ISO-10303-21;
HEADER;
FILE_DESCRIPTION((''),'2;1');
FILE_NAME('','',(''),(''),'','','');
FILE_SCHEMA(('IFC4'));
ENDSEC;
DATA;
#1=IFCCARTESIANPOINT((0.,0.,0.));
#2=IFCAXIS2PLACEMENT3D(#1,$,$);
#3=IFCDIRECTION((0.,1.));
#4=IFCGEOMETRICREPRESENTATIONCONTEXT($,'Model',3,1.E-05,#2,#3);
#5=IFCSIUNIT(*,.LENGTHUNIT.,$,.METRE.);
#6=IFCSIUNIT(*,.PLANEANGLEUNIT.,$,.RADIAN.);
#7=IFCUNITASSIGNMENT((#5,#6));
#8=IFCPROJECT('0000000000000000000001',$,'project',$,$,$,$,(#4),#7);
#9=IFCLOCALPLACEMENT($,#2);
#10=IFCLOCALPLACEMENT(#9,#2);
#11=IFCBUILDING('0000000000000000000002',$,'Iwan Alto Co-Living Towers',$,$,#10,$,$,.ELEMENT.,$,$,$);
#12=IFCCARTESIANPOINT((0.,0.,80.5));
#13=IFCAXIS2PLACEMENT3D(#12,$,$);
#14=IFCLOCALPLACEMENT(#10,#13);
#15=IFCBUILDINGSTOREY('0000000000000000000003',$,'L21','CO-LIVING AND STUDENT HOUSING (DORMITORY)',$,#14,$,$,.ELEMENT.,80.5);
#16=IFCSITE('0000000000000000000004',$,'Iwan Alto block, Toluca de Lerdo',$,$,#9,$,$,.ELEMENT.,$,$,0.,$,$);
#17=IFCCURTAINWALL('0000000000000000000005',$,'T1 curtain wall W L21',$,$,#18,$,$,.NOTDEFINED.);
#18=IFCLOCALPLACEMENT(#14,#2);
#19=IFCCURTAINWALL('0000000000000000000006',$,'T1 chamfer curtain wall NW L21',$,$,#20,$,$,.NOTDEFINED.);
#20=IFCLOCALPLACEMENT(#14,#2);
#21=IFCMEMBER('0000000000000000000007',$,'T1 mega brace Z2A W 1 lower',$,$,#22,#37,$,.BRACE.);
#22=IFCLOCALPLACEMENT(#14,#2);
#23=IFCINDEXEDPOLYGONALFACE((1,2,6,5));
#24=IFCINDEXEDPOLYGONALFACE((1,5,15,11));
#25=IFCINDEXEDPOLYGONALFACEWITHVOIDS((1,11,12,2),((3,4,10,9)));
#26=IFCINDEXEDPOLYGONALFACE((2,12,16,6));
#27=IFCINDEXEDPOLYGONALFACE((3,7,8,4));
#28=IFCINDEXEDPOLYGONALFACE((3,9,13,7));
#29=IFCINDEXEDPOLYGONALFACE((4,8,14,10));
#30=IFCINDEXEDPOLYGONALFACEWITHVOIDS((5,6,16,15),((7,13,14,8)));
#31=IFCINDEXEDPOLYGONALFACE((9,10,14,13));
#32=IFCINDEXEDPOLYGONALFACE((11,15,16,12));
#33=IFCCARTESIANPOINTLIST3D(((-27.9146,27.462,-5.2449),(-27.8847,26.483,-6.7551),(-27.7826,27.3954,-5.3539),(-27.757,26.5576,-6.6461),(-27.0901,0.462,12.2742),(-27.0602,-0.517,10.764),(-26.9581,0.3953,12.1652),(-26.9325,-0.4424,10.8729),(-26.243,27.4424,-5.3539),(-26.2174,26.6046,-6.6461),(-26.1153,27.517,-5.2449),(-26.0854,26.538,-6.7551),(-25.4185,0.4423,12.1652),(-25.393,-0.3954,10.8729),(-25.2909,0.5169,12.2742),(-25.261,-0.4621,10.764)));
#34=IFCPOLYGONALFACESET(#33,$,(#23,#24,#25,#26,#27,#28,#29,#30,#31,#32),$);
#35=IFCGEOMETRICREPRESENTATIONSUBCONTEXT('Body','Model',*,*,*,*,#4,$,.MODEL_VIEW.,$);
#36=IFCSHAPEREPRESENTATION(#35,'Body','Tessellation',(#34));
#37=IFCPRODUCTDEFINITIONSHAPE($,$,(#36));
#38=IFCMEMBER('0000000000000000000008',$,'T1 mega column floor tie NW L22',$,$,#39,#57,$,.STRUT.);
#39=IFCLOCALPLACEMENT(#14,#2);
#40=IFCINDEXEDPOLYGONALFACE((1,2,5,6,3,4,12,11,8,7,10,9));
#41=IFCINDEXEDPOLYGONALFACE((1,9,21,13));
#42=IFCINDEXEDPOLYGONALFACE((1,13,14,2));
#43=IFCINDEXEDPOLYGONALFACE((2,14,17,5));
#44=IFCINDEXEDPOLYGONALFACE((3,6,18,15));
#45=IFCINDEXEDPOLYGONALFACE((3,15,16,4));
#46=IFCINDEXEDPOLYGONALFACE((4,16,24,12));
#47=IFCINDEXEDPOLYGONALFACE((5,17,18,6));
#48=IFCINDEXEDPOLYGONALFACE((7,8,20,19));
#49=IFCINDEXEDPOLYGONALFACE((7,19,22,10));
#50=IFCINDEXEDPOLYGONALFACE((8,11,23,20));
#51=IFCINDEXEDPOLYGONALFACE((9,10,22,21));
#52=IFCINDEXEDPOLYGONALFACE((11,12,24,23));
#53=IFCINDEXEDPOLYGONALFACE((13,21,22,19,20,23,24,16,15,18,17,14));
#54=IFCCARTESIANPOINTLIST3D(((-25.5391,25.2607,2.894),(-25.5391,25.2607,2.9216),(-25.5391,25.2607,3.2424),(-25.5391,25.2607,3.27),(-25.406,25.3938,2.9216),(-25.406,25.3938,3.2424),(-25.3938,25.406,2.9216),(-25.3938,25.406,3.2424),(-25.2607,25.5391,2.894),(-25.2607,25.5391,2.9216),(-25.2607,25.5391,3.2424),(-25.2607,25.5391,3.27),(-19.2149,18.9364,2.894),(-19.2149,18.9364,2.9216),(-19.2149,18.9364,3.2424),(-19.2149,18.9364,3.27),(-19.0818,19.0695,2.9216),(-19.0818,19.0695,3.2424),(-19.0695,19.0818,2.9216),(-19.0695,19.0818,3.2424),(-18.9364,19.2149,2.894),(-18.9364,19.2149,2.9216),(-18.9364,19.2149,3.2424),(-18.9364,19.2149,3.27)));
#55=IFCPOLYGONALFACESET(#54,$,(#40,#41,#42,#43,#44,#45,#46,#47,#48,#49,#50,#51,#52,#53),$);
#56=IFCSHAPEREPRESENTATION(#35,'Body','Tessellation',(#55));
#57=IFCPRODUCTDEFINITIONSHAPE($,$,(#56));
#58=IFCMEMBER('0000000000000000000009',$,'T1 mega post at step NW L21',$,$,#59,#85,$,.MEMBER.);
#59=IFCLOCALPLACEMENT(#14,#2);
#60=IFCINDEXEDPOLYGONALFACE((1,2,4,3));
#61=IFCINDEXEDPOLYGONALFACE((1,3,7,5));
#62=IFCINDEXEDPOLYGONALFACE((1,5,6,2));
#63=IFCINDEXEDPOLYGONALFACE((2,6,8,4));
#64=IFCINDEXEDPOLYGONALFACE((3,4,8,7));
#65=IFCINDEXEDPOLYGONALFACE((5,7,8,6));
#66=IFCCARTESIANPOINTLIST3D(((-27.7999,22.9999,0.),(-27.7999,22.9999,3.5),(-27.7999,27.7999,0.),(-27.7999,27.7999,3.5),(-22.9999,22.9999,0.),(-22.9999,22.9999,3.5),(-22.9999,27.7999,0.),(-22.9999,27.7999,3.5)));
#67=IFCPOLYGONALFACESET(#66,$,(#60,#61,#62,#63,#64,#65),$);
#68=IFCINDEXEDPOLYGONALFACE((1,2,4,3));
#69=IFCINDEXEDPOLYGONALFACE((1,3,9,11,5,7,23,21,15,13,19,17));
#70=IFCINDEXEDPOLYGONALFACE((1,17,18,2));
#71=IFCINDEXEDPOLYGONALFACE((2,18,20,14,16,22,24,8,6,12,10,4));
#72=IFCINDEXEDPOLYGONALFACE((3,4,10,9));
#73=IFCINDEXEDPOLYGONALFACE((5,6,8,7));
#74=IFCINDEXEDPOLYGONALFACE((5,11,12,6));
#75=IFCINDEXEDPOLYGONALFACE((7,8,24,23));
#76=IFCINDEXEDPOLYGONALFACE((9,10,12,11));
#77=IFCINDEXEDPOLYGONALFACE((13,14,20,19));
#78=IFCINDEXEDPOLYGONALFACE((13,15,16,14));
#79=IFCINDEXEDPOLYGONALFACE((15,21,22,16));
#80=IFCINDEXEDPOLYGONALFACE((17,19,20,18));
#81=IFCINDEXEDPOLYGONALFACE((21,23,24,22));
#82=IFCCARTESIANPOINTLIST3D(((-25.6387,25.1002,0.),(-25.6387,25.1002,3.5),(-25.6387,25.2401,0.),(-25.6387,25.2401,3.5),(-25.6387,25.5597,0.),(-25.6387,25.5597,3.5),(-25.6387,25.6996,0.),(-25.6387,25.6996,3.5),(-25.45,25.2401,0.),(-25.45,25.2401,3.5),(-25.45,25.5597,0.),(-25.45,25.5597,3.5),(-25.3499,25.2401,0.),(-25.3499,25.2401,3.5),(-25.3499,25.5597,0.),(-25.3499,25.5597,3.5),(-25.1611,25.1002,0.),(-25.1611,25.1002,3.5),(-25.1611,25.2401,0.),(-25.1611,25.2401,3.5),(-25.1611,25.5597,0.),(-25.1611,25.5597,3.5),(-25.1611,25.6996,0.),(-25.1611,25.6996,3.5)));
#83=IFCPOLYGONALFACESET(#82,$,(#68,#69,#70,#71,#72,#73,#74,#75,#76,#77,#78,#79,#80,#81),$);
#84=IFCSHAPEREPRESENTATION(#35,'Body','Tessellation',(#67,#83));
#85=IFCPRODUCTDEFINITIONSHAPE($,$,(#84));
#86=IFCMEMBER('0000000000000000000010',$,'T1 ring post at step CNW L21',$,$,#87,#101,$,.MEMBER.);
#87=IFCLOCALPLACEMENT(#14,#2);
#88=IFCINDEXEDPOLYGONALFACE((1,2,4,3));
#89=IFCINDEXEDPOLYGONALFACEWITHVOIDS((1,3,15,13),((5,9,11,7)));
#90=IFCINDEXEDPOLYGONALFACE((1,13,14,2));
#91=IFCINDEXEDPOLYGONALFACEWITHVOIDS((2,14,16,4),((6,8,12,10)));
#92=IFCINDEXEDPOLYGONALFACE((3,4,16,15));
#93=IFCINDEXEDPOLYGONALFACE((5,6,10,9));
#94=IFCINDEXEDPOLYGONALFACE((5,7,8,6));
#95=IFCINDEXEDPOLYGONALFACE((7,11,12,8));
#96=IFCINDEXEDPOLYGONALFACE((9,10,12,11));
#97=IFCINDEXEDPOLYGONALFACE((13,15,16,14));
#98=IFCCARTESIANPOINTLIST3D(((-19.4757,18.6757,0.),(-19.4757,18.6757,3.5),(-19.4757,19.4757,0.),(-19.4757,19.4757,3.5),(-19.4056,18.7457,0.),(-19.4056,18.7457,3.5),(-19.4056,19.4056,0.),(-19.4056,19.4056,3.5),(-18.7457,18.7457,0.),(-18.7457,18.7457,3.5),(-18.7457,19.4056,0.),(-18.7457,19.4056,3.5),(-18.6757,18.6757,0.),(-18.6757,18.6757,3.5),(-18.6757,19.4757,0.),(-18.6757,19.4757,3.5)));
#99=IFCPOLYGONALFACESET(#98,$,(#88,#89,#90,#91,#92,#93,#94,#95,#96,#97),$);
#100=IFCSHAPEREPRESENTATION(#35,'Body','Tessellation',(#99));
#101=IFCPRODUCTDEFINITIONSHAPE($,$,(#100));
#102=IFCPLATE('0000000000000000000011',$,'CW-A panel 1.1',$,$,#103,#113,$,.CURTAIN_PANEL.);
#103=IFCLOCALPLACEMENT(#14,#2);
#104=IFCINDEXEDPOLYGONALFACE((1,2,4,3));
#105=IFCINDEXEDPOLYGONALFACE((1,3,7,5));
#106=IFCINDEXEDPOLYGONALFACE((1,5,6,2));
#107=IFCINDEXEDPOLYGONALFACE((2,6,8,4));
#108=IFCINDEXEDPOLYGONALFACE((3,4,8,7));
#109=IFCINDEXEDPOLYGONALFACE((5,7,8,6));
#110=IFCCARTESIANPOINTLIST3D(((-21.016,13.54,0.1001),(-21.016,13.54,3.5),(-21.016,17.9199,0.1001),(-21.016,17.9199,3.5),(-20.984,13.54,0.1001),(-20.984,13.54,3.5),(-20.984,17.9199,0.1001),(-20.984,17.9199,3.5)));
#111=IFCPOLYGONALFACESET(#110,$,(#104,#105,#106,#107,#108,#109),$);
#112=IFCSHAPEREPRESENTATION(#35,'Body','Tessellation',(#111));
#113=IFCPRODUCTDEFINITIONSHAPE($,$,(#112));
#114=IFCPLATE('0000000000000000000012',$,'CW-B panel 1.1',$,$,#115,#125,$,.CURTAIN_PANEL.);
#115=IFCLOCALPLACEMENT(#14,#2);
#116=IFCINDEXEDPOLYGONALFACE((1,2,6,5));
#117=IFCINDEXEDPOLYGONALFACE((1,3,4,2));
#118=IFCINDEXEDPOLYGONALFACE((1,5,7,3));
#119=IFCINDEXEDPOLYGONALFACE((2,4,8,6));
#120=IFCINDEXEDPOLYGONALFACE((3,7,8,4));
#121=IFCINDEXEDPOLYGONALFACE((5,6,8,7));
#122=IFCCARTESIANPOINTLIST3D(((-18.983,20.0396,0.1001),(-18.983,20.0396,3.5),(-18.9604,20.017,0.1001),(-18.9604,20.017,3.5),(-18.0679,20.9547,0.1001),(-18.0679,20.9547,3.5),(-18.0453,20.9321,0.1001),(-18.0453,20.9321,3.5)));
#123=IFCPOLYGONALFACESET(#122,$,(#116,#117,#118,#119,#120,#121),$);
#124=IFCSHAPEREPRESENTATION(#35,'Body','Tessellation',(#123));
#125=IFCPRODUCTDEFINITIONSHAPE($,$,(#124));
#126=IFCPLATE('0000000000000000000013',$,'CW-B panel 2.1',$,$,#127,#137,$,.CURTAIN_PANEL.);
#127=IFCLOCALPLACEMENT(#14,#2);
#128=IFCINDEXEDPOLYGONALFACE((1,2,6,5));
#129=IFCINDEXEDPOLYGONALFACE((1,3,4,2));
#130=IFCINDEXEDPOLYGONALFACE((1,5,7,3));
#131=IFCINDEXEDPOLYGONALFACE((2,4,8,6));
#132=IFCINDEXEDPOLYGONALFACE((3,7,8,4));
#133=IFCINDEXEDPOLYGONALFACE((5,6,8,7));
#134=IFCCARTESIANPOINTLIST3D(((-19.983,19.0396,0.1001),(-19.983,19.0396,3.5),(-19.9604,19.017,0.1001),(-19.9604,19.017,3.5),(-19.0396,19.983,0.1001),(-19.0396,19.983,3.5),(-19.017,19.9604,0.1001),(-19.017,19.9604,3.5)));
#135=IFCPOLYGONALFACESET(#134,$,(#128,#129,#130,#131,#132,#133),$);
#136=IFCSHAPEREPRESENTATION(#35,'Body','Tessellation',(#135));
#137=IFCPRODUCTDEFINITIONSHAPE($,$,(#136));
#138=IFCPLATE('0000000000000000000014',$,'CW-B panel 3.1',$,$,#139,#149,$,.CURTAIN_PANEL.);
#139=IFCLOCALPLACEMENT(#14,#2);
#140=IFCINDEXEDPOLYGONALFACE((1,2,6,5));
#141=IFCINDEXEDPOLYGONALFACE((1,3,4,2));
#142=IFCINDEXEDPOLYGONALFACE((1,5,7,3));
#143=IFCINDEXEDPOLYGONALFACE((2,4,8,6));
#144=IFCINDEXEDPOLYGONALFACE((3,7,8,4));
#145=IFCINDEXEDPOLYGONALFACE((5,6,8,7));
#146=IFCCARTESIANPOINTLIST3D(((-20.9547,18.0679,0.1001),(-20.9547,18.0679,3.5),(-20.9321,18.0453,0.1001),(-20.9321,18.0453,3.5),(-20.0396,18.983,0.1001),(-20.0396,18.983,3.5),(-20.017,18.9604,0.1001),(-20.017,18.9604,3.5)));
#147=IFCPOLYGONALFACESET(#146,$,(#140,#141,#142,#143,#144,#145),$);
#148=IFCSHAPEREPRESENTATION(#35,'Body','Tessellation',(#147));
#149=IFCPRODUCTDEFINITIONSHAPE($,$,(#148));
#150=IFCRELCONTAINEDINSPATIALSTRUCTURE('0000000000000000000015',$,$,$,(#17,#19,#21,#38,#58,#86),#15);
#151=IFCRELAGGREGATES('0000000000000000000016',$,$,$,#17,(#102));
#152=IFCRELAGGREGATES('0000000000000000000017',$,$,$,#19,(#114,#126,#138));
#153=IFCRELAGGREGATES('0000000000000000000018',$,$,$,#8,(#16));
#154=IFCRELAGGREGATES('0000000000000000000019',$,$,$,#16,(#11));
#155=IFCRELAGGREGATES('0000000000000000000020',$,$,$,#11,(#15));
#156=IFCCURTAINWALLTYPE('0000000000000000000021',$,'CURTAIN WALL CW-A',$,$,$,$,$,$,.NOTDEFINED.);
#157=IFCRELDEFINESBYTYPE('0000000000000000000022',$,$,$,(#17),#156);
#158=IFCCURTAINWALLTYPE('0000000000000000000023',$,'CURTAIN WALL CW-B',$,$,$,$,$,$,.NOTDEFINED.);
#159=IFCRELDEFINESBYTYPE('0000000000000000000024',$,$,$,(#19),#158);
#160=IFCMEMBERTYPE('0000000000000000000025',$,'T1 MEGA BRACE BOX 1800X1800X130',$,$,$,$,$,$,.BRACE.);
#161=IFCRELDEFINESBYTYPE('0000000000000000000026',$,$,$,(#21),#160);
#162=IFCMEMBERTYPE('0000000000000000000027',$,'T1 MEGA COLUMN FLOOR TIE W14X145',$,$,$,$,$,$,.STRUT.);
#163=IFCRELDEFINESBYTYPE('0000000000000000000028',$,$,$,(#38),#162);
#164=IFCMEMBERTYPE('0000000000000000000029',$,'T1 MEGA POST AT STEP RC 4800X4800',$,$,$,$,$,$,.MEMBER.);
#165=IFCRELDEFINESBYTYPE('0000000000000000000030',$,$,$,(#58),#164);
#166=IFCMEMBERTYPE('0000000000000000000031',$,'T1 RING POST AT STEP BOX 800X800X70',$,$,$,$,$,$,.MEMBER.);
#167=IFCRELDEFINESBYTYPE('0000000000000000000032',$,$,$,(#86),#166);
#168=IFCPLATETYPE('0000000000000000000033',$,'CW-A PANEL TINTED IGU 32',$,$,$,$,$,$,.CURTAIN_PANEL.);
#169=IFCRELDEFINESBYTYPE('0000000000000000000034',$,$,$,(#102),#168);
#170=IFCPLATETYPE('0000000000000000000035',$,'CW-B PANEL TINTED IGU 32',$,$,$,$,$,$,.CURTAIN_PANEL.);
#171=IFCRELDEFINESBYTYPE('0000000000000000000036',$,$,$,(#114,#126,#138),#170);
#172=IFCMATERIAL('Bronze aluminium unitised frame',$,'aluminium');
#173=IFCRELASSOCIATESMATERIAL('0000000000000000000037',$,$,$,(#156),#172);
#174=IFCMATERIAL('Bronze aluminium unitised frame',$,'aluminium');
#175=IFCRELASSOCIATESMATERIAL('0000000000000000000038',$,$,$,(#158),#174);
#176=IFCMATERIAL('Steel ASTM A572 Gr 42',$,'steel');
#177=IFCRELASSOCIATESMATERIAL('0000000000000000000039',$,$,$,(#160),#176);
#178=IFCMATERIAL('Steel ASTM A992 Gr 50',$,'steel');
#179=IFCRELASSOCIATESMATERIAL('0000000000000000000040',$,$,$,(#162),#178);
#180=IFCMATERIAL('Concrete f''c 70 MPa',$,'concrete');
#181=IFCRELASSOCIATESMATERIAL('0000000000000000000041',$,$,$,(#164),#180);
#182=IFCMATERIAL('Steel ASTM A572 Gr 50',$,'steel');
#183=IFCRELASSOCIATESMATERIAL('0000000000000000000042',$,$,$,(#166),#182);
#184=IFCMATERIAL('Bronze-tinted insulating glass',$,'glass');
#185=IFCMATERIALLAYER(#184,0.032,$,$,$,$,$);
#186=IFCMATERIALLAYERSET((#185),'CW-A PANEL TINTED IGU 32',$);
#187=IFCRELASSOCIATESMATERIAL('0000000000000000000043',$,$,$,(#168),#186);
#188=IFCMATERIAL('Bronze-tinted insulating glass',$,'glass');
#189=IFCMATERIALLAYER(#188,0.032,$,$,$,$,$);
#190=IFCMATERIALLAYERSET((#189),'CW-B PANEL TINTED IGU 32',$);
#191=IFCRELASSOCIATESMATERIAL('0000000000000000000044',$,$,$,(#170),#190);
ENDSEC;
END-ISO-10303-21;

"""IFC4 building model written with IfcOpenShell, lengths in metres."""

from ifc_helpers import new_model, si_unit, direction, frame, origin, origin_2d, place, context, subcontext, project, spatial, rectangle, hollow_rectangle, i_section, extrude, material, layer, layer_set, material_profile, profile_set, type_object, element, aggregate, save


model = new_model("IFC4")

# Units and contexts
model_context = context("Model", 3, precision=1e-05, world=origin(), true_north=direction((0.0, 1.0)))
body_context = subcontext(model_context, "Body", "Model", "MODEL_VIEW")
ifc_project = project(units=[si_unit("LENGTHUNIT", "METRE"), si_unit("PLANEANGLEUNIT", "RADIAN")], contexts=[model_context])

# Site, building, storey
site_placement = place(None, origin())
site = spatial("IfcSite", under=ifc_project, at=site_placement, Name="Iwan Alto block, Toluca de Lerdo", CompositionType="ELEMENT", RefElevation=0.0)
building_placement = place(site_placement, origin())
building = spatial("IfcBuilding", under=site, at=building_placement, Name="Iwan Alto Co-Living Towers", CompositionType="ELEMENT")
storey_placement = place(building_placement, frame((0.0, 0.0, 80.5)))
storey = spatial("IfcBuildingStorey", under=building, at=storey_placement, Name="L21", Description="CO-LIVING AND STUDENT HOUSING (DORMITORY)", CompositionType="ELEMENT", Elevation=80.5)

# Curtain walls
ifc_material_1 = material(Name="Bronze aluminium unitised frame", Category="aluminium")
curtain_wall_type_1 = type_object("IfcCurtainWallType", Name="CURTAIN WALL CW-A", PredefinedType="NOTDEFINED", material=ifc_material_1)
curtain_wall_1_placement = place(storey_placement, origin())
curtain_wall_1 = element("IfcCurtainWall", 1, at=curtain_wall_1_placement, inside=storey, type_object=curtain_wall_type_1, Name="T1 curtain wall W L21", PredefinedType="NOTDEFINED")
ifc_material_2 = material(Name="Bronze aluminium unitised frame", Category="aluminium")
curtain_wall_type_2 = type_object("IfcCurtainWallType", Name="CURTAIN WALL CW-B", PredefinedType="NOTDEFINED", material=ifc_material_2)
curtain_wall_2_placement = place(storey_placement, origin())
curtain_wall_2 = element("IfcCurtainWall", 2, at=curtain_wall_2_placement, inside=storey, type_object=curtain_wall_type_2, Name="T1 chamfer curtain wall NW L21", PredefinedType="NOTDEFINED")

# Members
ifc_material_3 = material(Name="Steel ASTM A572 Gr 42", Category="steel")
ifc_material_profile_1 = material_profile(ifc_material_3, hollow_rectangle(XDim=1.8, YDim=1.8, WallThickness=0.1299, at=origin_2d()), Name="BOX 1800X1800X130")
ifc_profile_set_1 = profile_set([ifc_material_profile_1], Name="Steel ASTM A572 Gr 42")
member_type_1 = type_object("IfcMemberType", Name="T1 MEGA BRACE BOX 1800X1800X130", PredefinedType="BRACE", material=ifc_profile_set_1)
for number, where, z_axis, x_axis, name in (
    (3, (-27.0, 27.0, -6.0), (0.025607, -0.838608, 0.544134), (0.999534, 0.030521, 0.0), "T1 mega brace Z2A W 1 lower"),
):
    element("IfcMember", number, at=place(storey_placement, frame(where, z_axis=z_axis, x_axis=x_axis)), inside=storey, type_object=member_type_1, Name=name, PredefinedType="BRACE", context=body_context, shape_type="SweptSolid", body=[
        extrude(hollow_rectangle(XDim=1.8, YDim=1.8, WallThickness=0.1299, at=origin_2d()), origin(), (0.0, 0.0, 1.0), 32.1963),
    ])
ifc_material_4 = material(Name="Steel ASTM A992 Gr 50", Category="steel")
ifc_material_profile_2 = material_profile(ifc_material_4, i_section(OverallWidth=0.3938, OverallDepth=0.376, WebThickness=0.0173, FlangeThickness=0.0276, at=origin_2d()), Name="W14X145")
ifc_profile_set_2 = profile_set([ifc_material_profile_2], Name="Steel ASTM A992 Gr 50")
member_type_2 = type_object("IfcMemberType", Name="T1 MEGA COLUMN FLOOR TIE W14X145", PredefinedType="STRUT", material=ifc_profile_set_2)
member_1_placement = place(storey_placement, frame((-25.3999, 25.3999, 3.082), z_axis=(0.707107, -0.707107, 0.0), x_axis=(0.707107, 0.707107, 0.0)))
element("IfcMember", 4, at=member_1_placement, inside=storey, type_object=member_type_2, Name="T1 mega column floor tie NW L22", PredefinedType="STRUT", context=body_context, shape_type="SweptSolid", body=[
    extrude(i_section(OverallWidth=0.3938, OverallDepth=0.376, WebThickness=0.0173, FlangeThickness=0.0276, at=origin_2d()), origin(), (0.0, 0.0, 1.0), 8.9438),
])
ifc_material_5 = material(Name="Concrete f'c 70 MPa", Category="concrete")
ifc_material_profile_3 = material_profile(ifc_material_5, rectangle(XDim=4.8, YDim=4.8, at=origin_2d()), Name="RC 4800X4800")
ifc_profile_set_3 = profile_set([ifc_material_profile_3], Name="Concrete f'c 70 MPa")
member_type_3 = type_object("IfcMemberType", Name="T1 MEGA POST AT STEP RC 4800X4800", PredefinedType="MEMBER", material=ifc_profile_set_3)
member_2_placement = place(storey_placement, frame((-25.3999, 25.3999, 0.0), z_axis=(0.0, 0.0, 1.0), x_axis=(1.0, 0.0, 0.0)))
element("IfcMember", 5, at=member_2_placement, inside=storey, type_object=member_type_3, Name="T1 mega post at step NW L21", PredefinedType="MEMBER", context=body_context, shape_type="SweptSolid", body=[
    extrude(rectangle(XDim=4.8, YDim=4.8, at=origin_2d()), origin(), (0.0, 0.0, 1.0), 3.5),
    extrude(i_section(OverallWidth=0.4775, OverallDepth=0.5994, WebThickness=0.1001, FlangeThickness=0.1399, at=origin_2d()), origin(), (0.0, 0.0, 1.0), 3.5),
])
ifc_material_6 = material(Name="Steel ASTM A572 Gr 50", Category="steel")
ifc_material_profile_4 = material_profile(ifc_material_6, hollow_rectangle(XDim=0.8, YDim=0.8, WallThickness=0.0701, at=origin_2d()), Name="BOX 800X800X70")
ifc_profile_set_4 = profile_set([ifc_material_profile_4], Name="Steel ASTM A572 Gr 50")
member_type_4 = type_object("IfcMemberType", Name="T1 RING POST AT STEP BOX 800X800X70", PredefinedType="MEMBER", material=ifc_profile_set_4)
member_3_placement = place(storey_placement, frame((-19.0757, 19.0757, 0.0), z_axis=(0.0, 0.0, 1.0), x_axis=(1.0, 0.0, 0.0)))
element("IfcMember", 6, at=member_3_placement, inside=storey, type_object=member_type_4, Name="T1 ring post at step CNW L21", PredefinedType="MEMBER", context=body_context, shape_type="SweptSolid", body=[
    extrude(hollow_rectangle(XDim=0.8, YDim=0.8, WallThickness=0.0701, at=origin_2d()), origin(), (0.0, 0.0, 1.0), 3.5),
])

# Plates
ifc_material_7 = material(Name="Bronze-tinted insulating glass", Category="glass")
ifc_layer_1 = layer(ifc_material_7, 0.032)
ifc_layer_set_1 = layer_set([ifc_layer_1], Name="CW-A PANEL TINTED IGU 32")
plate_type_1 = type_object("IfcPlateType", Name="CW-A PANEL TINTED IGU 32", PredefinedType="CURTAIN_PANEL", material=ifc_layer_set_1)
plate_1_placement = place(storey_placement, frame((-21.0, 15.73, 0.1001), z_axis=(0.0, 0.0, 1.0), x_axis=(0.0, -1.0, 0.0)))
plate_1 = element("IfcPlate", 7, at=plate_1_placement, type_object=plate_type_1, Name="CW-A panel 1.1", PredefinedType="CURTAIN_PANEL", context=body_context, shape_type="SweptSolid", body=[
    extrude(rectangle(XDim=4.3799, YDim=0.032, at=origin_2d()), origin(), (0.0, 0.0, 1.0), 3.3999),
])
aggregate(curtain_wall_1, [plate_1])
ifc_material_8 = material(Name="Bronze-tinted insulating glass", Category="glass")
ifc_layer_2 = layer(ifc_material_8, 0.032)
ifc_layer_set_2 = layer_set([ifc_layer_2], Name="CW-B PANEL TINTED IGU 32")
plate_type_2 = type_object("IfcPlateType", Name="CW-B PANEL TINTED IGU 32", PredefinedType="CURTAIN_PANEL", material=ifc_layer_set_2)
plate_2_placement = place(storey_placement, frame((-18.5142, 20.4858, 0.1001), z_axis=(0.0, 0.0, 1.0), x_axis=(-0.707107, -0.707107, 0.0)))
plate_2 = element("IfcPlate", 8, at=plate_2_placement, type_object=plate_type_2, Name="CW-B panel 1.1", PredefinedType="CURTAIN_PANEL", context=body_context, shape_type="SweptSolid", body=[
    extrude(rectangle(XDim=1.2942, YDim=0.032, at=origin_2d()), origin(), (0.0, 0.0, 1.0), 3.3999),
])
plate_3_placement = place(storey_placement, frame((-19.5, 19.5, 0.1001), z_axis=(0.0, 0.0, 1.0), x_axis=(-0.707107, -0.707107, 0.0)))
plate_3 = element("IfcPlate", 9, at=plate_3_placement, type_object=plate_type_2, Name="CW-B panel 2.1", PredefinedType="CURTAIN_PANEL", context=body_context, shape_type="SweptSolid", body=[
    extrude(rectangle(XDim=1.3342, YDim=0.032, at=origin_2d()), origin(), (0.0, 0.0, 1.0), 3.3999),
])
plate_4_placement = place(storey_placement, frame((-20.4858, 18.5142, 0.1001), z_axis=(0.0, 0.0, 1.0), x_axis=(-0.707107, -0.707107, 0.0)))
plate_4 = element("IfcPlate", 10, at=plate_4_placement, type_object=plate_type_2, Name="CW-B panel 3.1", PredefinedType="CURTAIN_PANEL", context=body_context, shape_type="SweptSolid", body=[
    extrude(rectangle(XDim=1.2942, YDim=0.032, at=origin_2d()), origin(), (0.0, 0.0, 1.0), 3.3999),
])
aggregate(curtain_wall_2, [plate_2, plate_3, plate_4])

save(model, "model.ifc")
